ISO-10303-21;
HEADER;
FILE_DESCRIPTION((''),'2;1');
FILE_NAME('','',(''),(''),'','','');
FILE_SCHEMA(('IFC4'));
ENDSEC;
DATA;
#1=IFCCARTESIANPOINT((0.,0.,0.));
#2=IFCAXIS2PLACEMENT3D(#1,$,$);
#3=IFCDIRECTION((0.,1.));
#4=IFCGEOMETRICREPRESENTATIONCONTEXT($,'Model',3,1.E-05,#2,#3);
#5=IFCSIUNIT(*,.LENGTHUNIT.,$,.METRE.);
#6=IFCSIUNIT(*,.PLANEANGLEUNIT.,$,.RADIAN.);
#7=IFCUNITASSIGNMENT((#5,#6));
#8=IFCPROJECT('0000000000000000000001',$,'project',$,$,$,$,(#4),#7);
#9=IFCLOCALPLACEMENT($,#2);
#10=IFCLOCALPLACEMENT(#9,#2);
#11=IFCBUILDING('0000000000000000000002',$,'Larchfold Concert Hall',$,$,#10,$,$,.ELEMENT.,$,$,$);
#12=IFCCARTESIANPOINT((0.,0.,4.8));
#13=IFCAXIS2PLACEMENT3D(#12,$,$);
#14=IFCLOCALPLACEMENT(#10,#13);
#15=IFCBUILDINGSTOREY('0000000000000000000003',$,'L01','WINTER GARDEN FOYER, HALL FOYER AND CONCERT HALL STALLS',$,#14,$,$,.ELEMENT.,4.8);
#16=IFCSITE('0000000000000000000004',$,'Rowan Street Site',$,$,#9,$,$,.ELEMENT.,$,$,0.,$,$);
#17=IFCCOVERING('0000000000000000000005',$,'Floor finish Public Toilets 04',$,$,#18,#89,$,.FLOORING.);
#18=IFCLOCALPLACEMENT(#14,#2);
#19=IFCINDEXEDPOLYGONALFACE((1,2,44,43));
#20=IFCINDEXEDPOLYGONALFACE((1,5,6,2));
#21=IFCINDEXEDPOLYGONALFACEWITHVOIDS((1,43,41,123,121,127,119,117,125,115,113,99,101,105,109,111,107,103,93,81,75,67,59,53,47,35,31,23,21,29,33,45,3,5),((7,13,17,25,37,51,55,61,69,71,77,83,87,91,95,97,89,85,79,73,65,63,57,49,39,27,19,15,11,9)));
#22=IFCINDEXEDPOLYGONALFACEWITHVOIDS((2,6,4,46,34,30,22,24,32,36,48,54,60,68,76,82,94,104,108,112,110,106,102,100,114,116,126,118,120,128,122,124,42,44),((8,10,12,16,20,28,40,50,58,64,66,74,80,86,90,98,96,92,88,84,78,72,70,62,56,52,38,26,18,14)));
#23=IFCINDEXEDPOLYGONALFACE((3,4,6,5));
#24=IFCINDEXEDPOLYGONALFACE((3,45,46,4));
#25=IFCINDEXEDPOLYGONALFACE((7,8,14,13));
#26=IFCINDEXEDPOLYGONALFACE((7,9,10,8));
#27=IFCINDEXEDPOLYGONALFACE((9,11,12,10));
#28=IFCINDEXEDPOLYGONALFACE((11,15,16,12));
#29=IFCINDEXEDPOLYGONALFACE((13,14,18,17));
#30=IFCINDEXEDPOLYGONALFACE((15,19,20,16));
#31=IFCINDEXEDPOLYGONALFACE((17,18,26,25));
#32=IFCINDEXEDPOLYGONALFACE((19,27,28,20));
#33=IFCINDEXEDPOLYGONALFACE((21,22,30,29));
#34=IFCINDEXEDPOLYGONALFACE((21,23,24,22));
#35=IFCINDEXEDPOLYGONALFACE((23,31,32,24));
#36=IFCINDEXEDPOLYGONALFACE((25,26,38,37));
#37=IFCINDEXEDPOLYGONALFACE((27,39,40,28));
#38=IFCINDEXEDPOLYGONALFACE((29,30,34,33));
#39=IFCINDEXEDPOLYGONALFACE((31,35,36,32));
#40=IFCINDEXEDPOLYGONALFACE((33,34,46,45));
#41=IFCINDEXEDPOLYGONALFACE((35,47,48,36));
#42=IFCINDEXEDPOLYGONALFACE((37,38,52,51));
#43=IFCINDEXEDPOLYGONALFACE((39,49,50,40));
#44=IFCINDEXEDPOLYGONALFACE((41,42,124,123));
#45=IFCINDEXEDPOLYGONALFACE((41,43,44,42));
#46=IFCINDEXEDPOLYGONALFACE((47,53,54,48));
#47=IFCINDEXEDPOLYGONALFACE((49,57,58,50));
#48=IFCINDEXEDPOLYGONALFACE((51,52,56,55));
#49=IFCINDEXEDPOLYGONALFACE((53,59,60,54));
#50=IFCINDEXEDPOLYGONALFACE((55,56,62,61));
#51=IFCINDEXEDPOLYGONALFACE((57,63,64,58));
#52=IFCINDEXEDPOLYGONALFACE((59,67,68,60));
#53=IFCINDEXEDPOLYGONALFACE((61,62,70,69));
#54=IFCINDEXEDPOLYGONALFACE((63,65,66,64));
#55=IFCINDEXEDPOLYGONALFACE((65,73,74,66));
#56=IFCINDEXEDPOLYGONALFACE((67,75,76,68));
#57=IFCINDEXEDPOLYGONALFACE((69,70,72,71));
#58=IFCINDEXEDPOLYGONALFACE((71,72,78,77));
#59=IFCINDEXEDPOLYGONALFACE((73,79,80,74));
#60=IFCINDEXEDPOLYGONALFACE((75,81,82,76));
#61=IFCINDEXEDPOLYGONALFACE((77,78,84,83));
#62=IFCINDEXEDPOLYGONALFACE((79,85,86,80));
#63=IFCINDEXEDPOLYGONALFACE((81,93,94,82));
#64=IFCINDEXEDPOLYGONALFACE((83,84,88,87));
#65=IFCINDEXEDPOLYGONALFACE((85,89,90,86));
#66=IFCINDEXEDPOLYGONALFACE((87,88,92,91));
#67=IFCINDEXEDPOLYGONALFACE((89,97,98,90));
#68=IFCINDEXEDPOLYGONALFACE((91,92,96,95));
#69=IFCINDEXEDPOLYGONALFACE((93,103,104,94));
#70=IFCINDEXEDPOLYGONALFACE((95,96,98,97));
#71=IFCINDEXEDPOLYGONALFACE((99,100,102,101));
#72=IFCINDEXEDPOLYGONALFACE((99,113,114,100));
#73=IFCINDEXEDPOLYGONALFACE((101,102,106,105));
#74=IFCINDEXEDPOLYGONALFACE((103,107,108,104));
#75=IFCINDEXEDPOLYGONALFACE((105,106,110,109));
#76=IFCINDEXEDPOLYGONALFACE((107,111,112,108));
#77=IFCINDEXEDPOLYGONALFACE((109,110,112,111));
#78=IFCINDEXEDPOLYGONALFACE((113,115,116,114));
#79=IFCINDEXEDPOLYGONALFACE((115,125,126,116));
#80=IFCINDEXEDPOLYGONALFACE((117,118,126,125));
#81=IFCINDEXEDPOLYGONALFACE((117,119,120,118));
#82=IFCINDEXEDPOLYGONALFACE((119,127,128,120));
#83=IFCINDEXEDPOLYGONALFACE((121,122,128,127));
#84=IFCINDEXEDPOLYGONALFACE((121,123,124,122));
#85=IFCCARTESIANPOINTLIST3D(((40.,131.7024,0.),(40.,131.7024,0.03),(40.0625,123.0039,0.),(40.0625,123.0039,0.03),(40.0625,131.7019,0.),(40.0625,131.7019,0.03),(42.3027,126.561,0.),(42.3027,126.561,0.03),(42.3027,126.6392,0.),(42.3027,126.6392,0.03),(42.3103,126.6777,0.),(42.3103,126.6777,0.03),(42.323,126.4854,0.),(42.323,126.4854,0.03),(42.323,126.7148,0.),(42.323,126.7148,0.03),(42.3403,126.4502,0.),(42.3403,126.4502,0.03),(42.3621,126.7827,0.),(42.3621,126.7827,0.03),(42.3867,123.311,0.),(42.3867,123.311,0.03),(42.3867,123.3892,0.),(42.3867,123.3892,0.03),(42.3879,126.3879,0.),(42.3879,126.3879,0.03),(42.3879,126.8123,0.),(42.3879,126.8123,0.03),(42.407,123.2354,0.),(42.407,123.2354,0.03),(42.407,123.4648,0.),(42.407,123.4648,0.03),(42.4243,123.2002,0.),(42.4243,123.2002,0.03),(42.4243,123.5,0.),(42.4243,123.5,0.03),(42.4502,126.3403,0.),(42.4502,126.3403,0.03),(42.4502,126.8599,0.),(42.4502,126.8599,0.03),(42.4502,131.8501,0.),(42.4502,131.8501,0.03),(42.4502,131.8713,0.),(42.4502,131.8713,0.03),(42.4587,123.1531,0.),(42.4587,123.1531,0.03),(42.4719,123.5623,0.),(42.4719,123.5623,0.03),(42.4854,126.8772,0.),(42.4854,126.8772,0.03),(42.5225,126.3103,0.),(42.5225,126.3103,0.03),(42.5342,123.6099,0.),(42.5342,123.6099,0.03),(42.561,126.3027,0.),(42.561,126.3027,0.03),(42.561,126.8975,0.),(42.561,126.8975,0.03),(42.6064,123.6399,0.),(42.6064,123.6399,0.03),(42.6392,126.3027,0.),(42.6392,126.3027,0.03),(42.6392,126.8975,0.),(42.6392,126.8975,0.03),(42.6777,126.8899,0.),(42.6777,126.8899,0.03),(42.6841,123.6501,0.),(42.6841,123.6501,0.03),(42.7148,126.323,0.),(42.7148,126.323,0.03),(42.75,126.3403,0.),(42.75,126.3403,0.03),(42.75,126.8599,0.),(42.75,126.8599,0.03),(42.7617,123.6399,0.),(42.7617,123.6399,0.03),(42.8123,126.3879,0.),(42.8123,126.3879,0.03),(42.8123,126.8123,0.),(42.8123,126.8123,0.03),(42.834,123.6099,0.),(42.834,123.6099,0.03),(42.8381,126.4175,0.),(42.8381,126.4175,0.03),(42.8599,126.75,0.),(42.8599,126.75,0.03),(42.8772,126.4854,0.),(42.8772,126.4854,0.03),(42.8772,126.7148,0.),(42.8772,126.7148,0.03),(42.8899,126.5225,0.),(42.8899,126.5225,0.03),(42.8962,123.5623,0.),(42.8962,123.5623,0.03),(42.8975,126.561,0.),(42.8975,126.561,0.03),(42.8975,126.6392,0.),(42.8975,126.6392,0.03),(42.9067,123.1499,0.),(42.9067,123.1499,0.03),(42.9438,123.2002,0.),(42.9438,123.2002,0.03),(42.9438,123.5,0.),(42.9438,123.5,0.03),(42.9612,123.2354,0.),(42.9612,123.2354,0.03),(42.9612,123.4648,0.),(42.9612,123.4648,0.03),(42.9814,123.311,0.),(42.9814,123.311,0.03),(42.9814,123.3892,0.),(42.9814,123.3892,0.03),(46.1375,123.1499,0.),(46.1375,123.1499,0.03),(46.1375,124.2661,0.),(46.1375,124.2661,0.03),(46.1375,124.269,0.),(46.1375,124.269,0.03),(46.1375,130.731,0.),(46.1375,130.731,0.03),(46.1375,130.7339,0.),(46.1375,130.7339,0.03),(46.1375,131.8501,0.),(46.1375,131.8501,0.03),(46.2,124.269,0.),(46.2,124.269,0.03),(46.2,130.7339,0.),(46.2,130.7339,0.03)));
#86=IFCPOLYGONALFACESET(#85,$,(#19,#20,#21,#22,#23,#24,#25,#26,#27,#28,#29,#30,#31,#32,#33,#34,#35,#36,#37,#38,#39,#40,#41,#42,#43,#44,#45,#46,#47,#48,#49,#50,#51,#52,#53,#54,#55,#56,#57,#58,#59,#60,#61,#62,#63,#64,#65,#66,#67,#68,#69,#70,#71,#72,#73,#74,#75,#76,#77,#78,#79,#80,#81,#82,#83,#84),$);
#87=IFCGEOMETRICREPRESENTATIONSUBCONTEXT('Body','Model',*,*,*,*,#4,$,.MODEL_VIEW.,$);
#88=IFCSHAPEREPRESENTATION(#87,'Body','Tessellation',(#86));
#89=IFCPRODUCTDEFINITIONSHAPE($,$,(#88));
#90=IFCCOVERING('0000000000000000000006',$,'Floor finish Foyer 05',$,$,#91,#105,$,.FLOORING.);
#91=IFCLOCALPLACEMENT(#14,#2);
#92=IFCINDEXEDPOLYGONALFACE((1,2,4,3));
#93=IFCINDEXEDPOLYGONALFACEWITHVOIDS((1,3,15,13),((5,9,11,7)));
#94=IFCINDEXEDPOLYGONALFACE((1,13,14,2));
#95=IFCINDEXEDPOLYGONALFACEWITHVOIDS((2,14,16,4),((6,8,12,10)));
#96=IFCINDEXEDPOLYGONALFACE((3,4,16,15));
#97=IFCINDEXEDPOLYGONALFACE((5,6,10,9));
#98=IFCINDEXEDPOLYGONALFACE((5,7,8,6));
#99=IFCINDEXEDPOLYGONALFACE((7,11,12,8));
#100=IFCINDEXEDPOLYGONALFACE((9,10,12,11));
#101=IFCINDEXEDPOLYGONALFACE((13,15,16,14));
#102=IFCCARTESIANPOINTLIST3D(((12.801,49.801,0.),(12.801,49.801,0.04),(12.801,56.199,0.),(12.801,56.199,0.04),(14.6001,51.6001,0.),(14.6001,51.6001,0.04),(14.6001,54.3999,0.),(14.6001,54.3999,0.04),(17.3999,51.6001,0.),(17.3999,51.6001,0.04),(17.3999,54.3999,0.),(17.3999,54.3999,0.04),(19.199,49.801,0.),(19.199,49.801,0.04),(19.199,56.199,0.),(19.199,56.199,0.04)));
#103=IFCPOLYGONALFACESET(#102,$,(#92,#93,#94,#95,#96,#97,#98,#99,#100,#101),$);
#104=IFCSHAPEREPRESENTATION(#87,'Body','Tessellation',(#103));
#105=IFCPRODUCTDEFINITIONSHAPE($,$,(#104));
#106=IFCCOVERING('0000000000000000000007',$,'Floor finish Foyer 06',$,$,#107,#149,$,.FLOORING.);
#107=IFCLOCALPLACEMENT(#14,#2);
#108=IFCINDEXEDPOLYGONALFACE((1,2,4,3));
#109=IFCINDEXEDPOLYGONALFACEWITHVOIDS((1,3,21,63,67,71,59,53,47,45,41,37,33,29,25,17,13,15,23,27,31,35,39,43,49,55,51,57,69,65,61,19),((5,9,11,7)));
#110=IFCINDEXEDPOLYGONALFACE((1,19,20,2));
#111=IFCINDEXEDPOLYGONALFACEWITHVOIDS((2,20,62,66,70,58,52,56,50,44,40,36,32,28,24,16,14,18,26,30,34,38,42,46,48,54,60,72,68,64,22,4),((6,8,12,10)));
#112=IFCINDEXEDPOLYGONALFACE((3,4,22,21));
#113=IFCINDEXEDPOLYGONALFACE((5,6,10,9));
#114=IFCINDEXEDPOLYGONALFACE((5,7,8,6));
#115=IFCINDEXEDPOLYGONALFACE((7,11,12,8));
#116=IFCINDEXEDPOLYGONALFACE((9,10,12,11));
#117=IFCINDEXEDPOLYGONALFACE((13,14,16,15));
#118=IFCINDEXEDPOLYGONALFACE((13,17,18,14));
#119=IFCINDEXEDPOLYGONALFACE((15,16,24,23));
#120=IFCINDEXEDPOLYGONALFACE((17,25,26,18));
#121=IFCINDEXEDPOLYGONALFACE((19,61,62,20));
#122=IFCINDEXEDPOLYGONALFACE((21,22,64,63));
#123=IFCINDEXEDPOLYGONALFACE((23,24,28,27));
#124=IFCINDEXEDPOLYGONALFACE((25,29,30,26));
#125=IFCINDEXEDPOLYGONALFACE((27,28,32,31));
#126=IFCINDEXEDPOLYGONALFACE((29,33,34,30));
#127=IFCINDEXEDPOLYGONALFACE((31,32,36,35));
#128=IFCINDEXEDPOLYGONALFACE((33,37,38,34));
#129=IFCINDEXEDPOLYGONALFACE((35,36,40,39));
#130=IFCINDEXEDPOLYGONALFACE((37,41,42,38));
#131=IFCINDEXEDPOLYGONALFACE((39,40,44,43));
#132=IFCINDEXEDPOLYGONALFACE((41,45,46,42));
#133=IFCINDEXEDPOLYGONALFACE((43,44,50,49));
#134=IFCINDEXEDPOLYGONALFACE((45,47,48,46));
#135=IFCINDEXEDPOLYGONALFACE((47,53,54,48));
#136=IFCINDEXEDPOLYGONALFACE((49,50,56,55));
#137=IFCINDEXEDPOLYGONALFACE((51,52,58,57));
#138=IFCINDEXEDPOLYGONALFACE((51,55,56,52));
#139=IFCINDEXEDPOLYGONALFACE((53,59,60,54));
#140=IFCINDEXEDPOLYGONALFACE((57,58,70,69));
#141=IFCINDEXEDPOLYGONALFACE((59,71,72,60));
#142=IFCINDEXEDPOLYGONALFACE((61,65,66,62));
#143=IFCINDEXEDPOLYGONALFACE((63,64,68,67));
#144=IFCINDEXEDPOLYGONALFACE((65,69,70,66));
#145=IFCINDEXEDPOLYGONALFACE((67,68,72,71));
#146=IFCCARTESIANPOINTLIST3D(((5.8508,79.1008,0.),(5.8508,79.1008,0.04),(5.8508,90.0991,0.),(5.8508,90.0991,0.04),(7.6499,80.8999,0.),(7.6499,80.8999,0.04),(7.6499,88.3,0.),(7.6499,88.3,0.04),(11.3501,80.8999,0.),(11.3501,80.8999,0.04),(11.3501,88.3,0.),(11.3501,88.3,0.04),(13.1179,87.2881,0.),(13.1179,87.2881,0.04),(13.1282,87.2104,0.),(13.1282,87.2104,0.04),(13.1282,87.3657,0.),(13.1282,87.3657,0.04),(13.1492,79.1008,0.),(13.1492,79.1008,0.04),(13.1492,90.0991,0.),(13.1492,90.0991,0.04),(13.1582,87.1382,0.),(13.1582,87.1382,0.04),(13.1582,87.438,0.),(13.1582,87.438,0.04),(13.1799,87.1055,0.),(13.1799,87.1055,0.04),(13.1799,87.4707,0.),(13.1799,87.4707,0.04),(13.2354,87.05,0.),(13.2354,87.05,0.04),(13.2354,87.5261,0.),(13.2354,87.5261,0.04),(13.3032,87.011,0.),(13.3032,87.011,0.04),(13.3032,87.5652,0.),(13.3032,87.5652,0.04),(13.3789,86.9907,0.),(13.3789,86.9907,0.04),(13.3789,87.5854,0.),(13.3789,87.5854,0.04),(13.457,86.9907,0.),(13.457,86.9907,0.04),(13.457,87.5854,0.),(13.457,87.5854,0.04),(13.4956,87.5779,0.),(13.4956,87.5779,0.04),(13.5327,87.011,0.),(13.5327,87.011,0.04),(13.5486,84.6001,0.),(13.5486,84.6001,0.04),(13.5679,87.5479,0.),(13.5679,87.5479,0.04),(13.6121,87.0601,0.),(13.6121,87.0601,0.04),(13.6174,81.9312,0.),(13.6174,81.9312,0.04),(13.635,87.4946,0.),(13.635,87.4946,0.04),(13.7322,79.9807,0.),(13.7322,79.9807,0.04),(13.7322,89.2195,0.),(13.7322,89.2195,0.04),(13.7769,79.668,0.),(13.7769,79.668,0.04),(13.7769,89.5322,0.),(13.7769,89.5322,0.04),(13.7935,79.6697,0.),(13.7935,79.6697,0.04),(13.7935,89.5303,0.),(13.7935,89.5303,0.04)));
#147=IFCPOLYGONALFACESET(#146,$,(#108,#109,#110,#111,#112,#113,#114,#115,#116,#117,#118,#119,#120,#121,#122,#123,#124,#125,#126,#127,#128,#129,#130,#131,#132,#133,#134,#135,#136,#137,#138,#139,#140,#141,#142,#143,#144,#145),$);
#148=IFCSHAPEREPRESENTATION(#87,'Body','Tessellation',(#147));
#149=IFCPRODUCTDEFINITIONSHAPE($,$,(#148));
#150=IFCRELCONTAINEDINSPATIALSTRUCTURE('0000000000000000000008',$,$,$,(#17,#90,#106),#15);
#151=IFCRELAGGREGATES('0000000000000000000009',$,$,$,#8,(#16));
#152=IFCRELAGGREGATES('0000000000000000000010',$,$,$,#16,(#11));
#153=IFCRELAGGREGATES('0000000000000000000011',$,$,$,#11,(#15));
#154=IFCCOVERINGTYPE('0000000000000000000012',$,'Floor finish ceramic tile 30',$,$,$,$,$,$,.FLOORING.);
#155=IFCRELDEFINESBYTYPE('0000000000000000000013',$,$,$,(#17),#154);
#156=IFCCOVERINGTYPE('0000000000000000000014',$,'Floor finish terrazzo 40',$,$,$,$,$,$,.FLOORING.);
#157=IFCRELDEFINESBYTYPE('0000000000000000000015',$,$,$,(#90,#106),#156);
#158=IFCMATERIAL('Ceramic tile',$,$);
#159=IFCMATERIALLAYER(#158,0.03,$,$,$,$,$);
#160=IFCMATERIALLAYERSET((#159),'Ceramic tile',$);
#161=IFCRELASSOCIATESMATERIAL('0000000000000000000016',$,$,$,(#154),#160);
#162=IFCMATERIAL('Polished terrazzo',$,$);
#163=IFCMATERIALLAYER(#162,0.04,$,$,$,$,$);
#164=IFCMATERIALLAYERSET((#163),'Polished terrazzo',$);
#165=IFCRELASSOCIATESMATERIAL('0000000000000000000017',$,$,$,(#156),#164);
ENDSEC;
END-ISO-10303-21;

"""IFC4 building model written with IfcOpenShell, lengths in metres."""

from ifc_helpers import new_model, si_unit, direction, frame, origin, place, context, subcontext, project, spatial, polyline, outline, extrude, material, layer, layer_set, type_object, element, save


model = new_model("IFC4")

# Units and contexts
model_context = context("Model", 3, precision=1e-05, world=origin(), true_north=direction((0.0, 1.0)))
body_context = subcontext(model_context, "Body", "Model", "MODEL_VIEW")
ifc_project = project(units=[si_unit("LENGTHUNIT", "METRE"), si_unit("PLANEANGLEUNIT", "RADIAN")], contexts=[model_context])

# Site, building, storey
site_placement = place(None, origin())
site = spatial("IfcSite", under=ifc_project, at=site_placement, Name="Rowan Street Site", CompositionType="ELEMENT", RefElevation=0.0)
building_placement = place(site_placement, origin())
building = spatial("IfcBuilding", under=site, at=building_placement, Name="Larchfold Concert Hall", CompositionType="ELEMENT")
storey_placement = place(building_placement, frame((0.0, 0.0, 4.8)))
storey = spatial("IfcBuildingStorey", under=building, at=storey_placement, Name="L01", Description="WINTER GARDEN FOYER, HALL FOYER AND CONCERT HALL STALLS", CompositionType="ELEMENT", Elevation=4.8)

# Coverings
ifc_material_1 = material(Name="Ceramic tile")
ifc_layer_1 = layer(ifc_material_1, 0.03)
ifc_layer_set_1 = layer_set([ifc_layer_1], Name="Ceramic tile")
covering_type_1 = type_object("IfcCoveringType", Name="Floor finish ceramic tile 30", PredefinedType="FLOORING", material=ifc_layer_set_1)
covering_1_placement = place(storey_placement, origin())
element("IfcCovering", 1, at=covering_1_placement, inside=storey, type_object=covering_type_1, Name="Floor finish Public Toilets 04", PredefinedType="FLOORING", context=body_context, shape_type="SweptSolid", body=[
    extrude(outline(polyline([(40.0, 131.7024), (40.0625, 131.7019), (40.0625, 123.0039), (42.4587, 123.1531), (42.4243, 123.2002), (42.407, 123.2354), (42.3867, 123.311), (42.3867, 123.3892), (42.407, 123.4648), (42.4243, 123.5), (42.4719, 123.5623), (42.5342, 123.6099), (42.6064, 123.6399), (42.6841, 123.6501), (42.7617, 123.6399), (42.834, 123.6099), (42.8962, 123.5623), (42.9438, 123.5), (42.9612, 123.4648), (42.9814, 123.3892), (42.9814, 123.311), (42.9612, 123.2354), (42.9438, 123.2002), (42.9067, 123.1499), (46.1375, 123.1499), (46.1375, 124.2661), (46.2, 124.269), (46.1375, 124.269), (46.1375, 130.731), (46.2, 130.7339), (46.1375, 130.7339), (46.1375, 131.8501), (42.4502, 131.8501), (42.4502, 131.8713), (40.0, 131.7024)]), holes=[polyline([(42.4502, 126.3403), (42.3879, 126.3879), (42.3403, 126.4502), (42.323, 126.4854), (42.3027, 126.561), (42.3027, 126.6392), (42.3103, 126.6777), (42.323, 126.7148), (42.3621, 126.7827), (42.3879, 126.8123), (42.4502, 126.8599), (42.4854, 126.8772), (42.561, 126.8975), (42.6392, 126.8975), (42.6777, 126.8899), (42.75, 126.8599), (42.8123, 126.8123), (42.8599, 126.75), (42.8772, 126.7148), (42.8975, 126.6392), (42.8975, 126.561), (42.8899, 126.5225), (42.8772, 126.4854), (42.8381, 126.4175), (42.8123, 126.3879), (42.75, 126.3403), (42.7148, 126.323), (42.6392, 126.3027), (42.561, 126.3027), (42.5225, 126.3103), (42.4502, 126.3403)])]), origin(), (0.0, 0.0, 1.0), 0.03),
])
ifc_material_2 = material(Name="Polished terrazzo")
ifc_layer_2 = layer(ifc_material_2, 0.04)
ifc_layer_set_2 = layer_set([ifc_layer_2], Name="Polished terrazzo")
covering_type_2 = type_object("IfcCoveringType", Name="Floor finish terrazzo 40", PredefinedType="FLOORING", material=ifc_layer_set_2)
covering_2_placement = place(storey_placement, origin())
element("IfcCovering", 2, at=covering_2_placement, inside=storey, type_object=covering_type_2, Name="Floor finish Foyer 05", PredefinedType="FLOORING", context=body_context, shape_type="SweptSolid", body=[
    extrude(outline(polyline([(12.801, 49.801), (19.199, 49.801), (19.199, 56.199), (12.801, 56.199), (12.801, 49.801)]), holes=[polyline([(14.6001, 54.3999), (17.3999, 54.3999), (17.3999, 51.6001), (14.6001, 51.6001), (14.6001, 54.3999)])]), origin(), (0.0, 0.0, 1.0), 0.04),
])
covering_3_placement = place(storey_placement, origin())
element("IfcCovering", 3, at=covering_3_placement, inside=storey, type_object=covering_type_2, Name="Floor finish Foyer 06", PredefinedType="FLOORING", context=body_context, shape_type="SweptSolid", body=[
    extrude(outline(polyline([(13.1492, 90.0991), (5.8508, 90.0991), (5.8508, 79.1008), (13.1492, 79.1008), (13.7322, 79.9807), (13.7769, 79.668), (13.7935, 79.6697), (13.6174, 81.9312), (13.5486, 84.6001), (13.6121, 87.0601), (13.5327, 87.011), (13.457, 86.9907), (13.3789, 86.9907), (13.3032, 87.011), (13.2354, 87.05), (13.1799, 87.1055), (13.1582, 87.1382), (13.1282, 87.2104), (13.1179, 87.2881), (13.1282, 87.3657), (13.1582, 87.438), (13.1799, 87.4707), (13.2354, 87.5261), (13.3032, 87.5652), (13.3789, 87.5854), (13.457, 87.5854), (13.4956, 87.5779), (13.5679, 87.5479), (13.635, 87.4946), (13.7935, 89.5303), (13.7769, 89.5322), (13.7322, 89.2195), (13.1492, 90.0991)]), holes=[polyline([(7.6499, 88.3), (11.3501, 88.3), (11.3501, 80.8999), (7.6499, 80.8999), (7.6499, 88.3)])]), origin(), (0.0, 0.0, 1.0), 0.04),
])

save(model, "model.ifc")
